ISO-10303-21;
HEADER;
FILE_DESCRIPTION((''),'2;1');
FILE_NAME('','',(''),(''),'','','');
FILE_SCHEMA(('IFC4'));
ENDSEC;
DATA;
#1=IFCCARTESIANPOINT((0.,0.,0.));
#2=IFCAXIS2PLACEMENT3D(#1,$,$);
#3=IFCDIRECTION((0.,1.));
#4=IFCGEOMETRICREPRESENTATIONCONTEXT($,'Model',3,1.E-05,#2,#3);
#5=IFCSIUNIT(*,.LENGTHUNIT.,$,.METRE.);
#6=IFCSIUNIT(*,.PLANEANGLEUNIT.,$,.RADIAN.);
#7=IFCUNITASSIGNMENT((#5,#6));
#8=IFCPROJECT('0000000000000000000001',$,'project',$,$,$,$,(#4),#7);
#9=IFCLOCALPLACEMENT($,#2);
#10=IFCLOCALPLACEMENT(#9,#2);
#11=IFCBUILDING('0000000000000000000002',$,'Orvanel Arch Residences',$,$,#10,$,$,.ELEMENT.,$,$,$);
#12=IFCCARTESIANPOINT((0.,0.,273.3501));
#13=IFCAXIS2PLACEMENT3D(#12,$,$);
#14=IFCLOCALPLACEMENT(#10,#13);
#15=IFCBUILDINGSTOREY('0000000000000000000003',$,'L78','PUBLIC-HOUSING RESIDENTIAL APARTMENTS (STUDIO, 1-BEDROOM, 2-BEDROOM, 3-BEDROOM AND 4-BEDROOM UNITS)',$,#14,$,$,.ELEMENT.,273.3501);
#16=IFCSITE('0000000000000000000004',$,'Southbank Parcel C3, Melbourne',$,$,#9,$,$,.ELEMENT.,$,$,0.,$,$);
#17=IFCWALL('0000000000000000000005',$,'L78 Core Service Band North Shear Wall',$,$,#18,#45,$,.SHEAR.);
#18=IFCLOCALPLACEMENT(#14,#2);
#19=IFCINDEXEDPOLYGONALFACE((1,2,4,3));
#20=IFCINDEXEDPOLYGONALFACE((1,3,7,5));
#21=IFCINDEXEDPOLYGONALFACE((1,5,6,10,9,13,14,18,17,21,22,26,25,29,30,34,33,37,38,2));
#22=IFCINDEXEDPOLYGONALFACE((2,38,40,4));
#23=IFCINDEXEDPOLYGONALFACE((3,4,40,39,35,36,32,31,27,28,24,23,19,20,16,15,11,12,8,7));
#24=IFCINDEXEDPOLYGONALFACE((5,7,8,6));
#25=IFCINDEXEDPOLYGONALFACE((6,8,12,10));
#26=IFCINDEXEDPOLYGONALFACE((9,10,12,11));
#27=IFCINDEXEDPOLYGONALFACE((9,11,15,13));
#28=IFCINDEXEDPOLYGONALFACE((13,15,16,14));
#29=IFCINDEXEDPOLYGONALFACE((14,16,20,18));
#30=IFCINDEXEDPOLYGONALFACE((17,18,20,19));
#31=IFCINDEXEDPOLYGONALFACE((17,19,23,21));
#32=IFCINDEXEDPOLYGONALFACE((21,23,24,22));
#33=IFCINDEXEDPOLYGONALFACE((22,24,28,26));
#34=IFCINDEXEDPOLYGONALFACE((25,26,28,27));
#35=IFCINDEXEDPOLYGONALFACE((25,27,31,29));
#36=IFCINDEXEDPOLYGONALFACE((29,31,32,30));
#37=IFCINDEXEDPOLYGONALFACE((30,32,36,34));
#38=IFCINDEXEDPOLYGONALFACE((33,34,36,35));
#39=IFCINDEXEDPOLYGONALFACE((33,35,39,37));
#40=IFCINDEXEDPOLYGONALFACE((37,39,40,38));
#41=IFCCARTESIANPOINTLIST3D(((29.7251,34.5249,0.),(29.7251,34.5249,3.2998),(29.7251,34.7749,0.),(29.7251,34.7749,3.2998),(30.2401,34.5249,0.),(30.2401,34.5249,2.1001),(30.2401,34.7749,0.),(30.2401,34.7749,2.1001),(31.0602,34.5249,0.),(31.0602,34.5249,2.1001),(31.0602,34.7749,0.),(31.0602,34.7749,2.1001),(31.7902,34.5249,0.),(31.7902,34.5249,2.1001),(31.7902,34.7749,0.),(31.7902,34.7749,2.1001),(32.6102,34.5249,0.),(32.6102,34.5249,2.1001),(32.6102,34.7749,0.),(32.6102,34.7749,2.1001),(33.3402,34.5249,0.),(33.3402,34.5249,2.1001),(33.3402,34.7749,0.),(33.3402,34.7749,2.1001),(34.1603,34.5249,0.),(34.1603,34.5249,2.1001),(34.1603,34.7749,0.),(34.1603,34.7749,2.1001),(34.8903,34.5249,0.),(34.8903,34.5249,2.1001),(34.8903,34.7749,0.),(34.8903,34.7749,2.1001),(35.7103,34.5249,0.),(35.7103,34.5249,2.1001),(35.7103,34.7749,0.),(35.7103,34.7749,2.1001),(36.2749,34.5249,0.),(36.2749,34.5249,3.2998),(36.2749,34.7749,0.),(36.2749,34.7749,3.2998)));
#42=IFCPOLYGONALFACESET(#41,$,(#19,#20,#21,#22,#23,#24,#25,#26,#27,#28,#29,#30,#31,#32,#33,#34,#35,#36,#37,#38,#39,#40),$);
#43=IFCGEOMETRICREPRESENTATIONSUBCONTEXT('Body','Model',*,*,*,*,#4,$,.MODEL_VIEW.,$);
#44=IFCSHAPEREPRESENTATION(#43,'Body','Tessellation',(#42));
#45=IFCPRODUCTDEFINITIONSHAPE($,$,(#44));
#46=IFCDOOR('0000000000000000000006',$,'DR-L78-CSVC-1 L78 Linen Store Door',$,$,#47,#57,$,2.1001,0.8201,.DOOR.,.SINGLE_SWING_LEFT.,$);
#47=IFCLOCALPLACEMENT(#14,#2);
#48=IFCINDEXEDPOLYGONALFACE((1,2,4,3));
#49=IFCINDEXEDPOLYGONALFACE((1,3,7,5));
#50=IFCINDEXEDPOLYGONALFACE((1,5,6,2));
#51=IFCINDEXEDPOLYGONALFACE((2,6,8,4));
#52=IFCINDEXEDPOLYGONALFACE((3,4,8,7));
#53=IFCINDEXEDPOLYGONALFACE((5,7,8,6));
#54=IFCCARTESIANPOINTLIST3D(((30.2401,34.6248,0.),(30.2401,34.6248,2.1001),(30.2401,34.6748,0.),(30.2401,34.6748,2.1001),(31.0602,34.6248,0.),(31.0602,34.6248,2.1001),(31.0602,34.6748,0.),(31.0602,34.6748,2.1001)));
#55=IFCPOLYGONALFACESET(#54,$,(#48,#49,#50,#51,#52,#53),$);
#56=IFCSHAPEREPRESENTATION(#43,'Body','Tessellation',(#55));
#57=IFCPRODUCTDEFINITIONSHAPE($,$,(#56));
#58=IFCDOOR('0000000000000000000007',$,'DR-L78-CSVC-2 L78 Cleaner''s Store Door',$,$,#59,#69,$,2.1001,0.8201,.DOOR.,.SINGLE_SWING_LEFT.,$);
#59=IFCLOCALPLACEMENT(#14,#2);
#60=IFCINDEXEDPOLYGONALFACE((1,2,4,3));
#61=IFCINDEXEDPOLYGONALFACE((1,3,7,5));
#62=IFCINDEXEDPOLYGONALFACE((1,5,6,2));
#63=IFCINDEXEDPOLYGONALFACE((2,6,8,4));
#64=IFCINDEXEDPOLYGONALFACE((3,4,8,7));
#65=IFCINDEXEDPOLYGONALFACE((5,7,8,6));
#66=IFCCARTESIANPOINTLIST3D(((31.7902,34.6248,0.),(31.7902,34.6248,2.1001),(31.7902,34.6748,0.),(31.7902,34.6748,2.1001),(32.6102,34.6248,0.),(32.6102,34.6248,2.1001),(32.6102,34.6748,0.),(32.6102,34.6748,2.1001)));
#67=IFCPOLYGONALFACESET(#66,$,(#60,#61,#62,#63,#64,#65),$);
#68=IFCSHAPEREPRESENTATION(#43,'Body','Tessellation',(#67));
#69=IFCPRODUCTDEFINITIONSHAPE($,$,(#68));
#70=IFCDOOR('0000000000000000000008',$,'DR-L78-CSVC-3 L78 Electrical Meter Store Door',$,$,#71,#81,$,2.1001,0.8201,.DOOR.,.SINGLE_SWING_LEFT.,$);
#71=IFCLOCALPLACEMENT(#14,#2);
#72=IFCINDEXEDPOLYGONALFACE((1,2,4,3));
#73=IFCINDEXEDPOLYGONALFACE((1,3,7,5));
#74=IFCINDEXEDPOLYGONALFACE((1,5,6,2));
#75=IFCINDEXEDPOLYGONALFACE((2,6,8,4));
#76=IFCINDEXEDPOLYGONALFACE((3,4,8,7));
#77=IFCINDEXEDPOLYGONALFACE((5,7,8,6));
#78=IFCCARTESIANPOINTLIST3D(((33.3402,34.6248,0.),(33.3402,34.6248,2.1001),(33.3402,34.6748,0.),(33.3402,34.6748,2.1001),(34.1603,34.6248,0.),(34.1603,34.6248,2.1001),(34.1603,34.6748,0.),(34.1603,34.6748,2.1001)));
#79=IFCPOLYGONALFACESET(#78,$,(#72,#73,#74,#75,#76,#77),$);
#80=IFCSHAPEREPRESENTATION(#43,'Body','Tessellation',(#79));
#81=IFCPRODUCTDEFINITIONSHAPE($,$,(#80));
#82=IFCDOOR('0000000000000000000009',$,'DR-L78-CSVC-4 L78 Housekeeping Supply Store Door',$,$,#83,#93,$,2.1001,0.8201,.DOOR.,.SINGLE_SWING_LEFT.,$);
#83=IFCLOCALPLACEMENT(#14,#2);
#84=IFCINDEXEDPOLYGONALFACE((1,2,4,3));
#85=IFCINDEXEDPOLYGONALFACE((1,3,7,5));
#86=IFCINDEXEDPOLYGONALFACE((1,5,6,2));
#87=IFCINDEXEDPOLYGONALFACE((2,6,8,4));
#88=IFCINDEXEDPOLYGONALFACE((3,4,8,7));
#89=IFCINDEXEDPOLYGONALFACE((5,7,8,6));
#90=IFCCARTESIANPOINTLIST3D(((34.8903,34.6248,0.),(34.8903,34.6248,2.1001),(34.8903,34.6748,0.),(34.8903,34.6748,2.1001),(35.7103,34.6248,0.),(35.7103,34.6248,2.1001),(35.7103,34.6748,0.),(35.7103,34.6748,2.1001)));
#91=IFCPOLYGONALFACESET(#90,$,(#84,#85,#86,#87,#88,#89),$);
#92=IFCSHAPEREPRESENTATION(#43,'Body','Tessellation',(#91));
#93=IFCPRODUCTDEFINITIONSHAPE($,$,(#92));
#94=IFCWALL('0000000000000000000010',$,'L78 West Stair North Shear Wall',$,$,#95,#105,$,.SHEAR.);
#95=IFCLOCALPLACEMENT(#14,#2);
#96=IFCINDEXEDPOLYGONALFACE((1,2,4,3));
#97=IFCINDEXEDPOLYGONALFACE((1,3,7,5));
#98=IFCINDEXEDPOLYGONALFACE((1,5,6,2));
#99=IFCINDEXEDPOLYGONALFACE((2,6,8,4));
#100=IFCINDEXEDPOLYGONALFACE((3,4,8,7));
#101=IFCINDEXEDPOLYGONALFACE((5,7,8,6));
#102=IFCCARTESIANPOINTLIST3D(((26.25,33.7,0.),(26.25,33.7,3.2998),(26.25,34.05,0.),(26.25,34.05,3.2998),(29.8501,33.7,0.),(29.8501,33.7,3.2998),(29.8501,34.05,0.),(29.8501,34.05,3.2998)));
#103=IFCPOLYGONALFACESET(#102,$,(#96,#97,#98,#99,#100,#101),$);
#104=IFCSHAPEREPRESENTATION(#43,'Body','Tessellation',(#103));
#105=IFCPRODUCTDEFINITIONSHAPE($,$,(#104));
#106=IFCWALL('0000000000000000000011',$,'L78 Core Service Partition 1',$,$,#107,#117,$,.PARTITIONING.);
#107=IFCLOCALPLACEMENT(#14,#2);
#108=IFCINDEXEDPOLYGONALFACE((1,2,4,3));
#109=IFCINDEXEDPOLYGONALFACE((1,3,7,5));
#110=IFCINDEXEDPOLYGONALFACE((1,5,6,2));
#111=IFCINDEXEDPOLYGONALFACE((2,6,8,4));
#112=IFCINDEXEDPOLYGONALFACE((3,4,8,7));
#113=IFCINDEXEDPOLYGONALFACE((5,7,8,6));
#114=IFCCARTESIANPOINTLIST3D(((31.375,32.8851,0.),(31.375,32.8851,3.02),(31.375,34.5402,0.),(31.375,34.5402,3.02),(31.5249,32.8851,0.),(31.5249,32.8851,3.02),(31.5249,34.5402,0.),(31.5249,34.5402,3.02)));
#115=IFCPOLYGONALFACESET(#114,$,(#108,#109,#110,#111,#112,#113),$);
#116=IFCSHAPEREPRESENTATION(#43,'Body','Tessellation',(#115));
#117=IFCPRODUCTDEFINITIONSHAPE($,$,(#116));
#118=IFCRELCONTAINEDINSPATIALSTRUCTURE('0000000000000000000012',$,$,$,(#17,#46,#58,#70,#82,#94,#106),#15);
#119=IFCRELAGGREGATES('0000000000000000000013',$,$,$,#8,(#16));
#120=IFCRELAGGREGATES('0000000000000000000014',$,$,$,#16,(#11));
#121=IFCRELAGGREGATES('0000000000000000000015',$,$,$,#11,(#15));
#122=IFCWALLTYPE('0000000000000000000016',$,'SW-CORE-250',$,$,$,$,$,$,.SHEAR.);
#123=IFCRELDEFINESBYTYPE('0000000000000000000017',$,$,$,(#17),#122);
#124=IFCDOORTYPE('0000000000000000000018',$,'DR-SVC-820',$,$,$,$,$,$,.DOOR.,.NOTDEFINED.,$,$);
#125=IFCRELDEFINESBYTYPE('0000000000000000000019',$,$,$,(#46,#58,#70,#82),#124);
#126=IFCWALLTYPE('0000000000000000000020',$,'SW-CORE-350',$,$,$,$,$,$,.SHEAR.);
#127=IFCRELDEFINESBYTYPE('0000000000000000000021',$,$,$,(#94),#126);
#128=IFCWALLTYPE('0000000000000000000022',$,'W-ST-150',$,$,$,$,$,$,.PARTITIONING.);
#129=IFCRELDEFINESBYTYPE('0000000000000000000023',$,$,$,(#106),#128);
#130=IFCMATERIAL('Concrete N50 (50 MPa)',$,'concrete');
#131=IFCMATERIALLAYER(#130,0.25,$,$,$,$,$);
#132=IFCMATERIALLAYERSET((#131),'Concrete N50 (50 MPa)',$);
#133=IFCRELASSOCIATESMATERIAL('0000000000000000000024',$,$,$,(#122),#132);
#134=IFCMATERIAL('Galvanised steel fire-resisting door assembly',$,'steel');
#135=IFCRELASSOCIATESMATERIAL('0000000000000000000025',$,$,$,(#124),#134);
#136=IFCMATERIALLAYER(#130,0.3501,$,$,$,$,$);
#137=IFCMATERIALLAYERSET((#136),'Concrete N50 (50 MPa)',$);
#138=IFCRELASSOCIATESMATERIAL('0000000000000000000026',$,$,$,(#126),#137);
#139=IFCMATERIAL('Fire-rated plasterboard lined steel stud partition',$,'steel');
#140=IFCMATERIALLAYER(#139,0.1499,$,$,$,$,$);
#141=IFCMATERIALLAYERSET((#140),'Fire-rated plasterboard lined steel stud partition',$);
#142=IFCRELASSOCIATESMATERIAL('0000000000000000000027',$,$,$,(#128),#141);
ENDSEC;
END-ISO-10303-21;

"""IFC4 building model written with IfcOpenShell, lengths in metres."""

from ifc_helpers import new_model, si_unit, direction, frame, frame_2d, origin, place, context, subcontext, project, spatial, rectangle, extrude, material, layer, layer_set, type_object, element, fill, save


model = new_model("IFC4")

# Units and contexts
model_context = context("Model", 3, precision=1e-05, world=origin(), true_north=direction((0.0, 1.0)))
body_context = subcontext(model_context, "Body", "Model", "MODEL_VIEW")
ifc_project = project(units=[si_unit("LENGTHUNIT", "METRE"), si_unit("PLANEANGLEUNIT", "RADIAN")], contexts=[model_context])

# Site, building, storey
site_placement = place(None, origin())
site = spatial("IfcSite", under=ifc_project, at=site_placement, Name="Southbank Parcel C3, Melbourne", CompositionType="ELEMENT", RefElevation=0.0)
building_placement = place(site_placement, origin())
building = spatial("IfcBuilding", under=site, at=building_placement, Name="Orvanel Arch Residences", CompositionType="ELEMENT")
storey_placement = place(building_placement, frame((0.0, 0.0, 273.3501)))
storey = spatial("IfcBuildingStorey", under=building, at=storey_placement, Name="L78", Description="PUBLIC-HOUSING RESIDENTIAL APARTMENTS (STUDIO, 1-BEDROOM, 2-BEDROOM, 3-BEDROOM AND 4-BEDROOM UNITS)", CompositionType="ELEMENT", Elevation=273.3501)

# Shared definitions
ifc_material_1 = material(Name="Concrete N50 (50 MPa)", Category="concrete")
ifc_layer_1 = layer(ifc_material_1, 0.25)
ifc_layer_set_1 = layer_set([ifc_layer_1], Name="Concrete N50 (50 MPa)")
wall_type_1 = type_object("IfcWallType", Name="SW-CORE-250", PredefinedType="SHEAR", material=ifc_layer_set_1)

# Wall, openings, doors
wall_1_placement = place(storey_placement, frame((29.7251, 34.6499, 0.0), z_axis=(0.0, 0.0, 1.0), x_axis=(1.0, 0.0, 0.0)))
wall_1 = element("IfcWall", 1, at=wall_1_placement, inside=storey, type_object=wall_type_1, Name="L78 Core Service Band North Shear Wall", PredefinedType="SHEAR", context=body_context, shape_type="SweptSolid", body=[
    extrude(rectangle(XDim=6.5498, YDim=0.25, at=frame_2d((3.2749, 0.0))), origin(), (0.0, 0.0, 1.0), 3.2998),
])
opening_1_placement = place(wall_1_placement, frame((0.5149, 0.0, 0.0)))
opening_1 = element("IfcOpeningElement", 2, at=opening_1_placement, cuts=wall_1, PredefinedType="OPENING", context=body_context, shape_type="SweptSolid", body=[
    extrude(rectangle(XDim=0.8201, YDim=2.1001, at=frame_2d((0.4102, 1.05))), frame((0.0, 0.135, 0.0), z_axis=(0.0, -1.0, 0.0), x_axis=(1.0, 0.0, 0.0)), (0.0, 0.0, 1.0), 0.27),
])
opening_2_placement = place(wall_1_placement, frame((2.0649, 0.0, 0.0)))
opening_2 = element("IfcOpeningElement", 3, at=opening_2_placement, cuts=wall_1, PredefinedType="OPENING", context=body_context, shape_type="SweptSolid", body=[
    extrude(rectangle(XDim=0.8201, YDim=2.1001, at=frame_2d((0.4102, 1.05))), frame((0.0, 0.135, 0.0), z_axis=(0.0, -1.0, 0.0), x_axis=(1.0, 0.0, 0.0)), (0.0, 0.0, 1.0), 0.27),
])
opening_3_placement = place(wall_1_placement, frame((3.615, 0.0, 0.0)))
opening_3 = element("IfcOpeningElement", 4, at=opening_3_placement, cuts=wall_1, PredefinedType="OPENING", context=body_context, shape_type="SweptSolid", body=[
    extrude(rectangle(XDim=0.8201, YDim=2.1001, at=frame_2d((0.4102, 1.05))), frame((0.0, 0.135, 0.0), z_axis=(0.0, -1.0, 0.0), x_axis=(1.0, 0.0, 0.0)), (0.0, 0.0, 1.0), 0.27),
])
opening_4_placement = place(wall_1_placement, frame((5.165, 0.0, 0.0)))
opening_4 = element("IfcOpeningElement", 5, at=opening_4_placement, cuts=wall_1, PredefinedType="OPENING", context=body_context, shape_type="SweptSolid", body=[
    extrude(rectangle(XDim=0.8201, YDim=2.1001, at=frame_2d((0.4102, 1.05))), frame((0.0, 0.135, 0.0), z_axis=(0.0, -1.0, 0.0), x_axis=(1.0, 0.0, 0.0)), (0.0, 0.0, 1.0), 0.27),
])
ifc_material_2 = material(Name="Galvanised steel fire-resisting door assembly", Category="steel")
door_type_1 = type_object("IfcDoorType", Name="DR-SVC-820", OperationType="NOTDEFINED", PredefinedType="DOOR", material=ifc_material_2)
door_1_placement = place(opening_1_placement, origin())
door_1 = element("IfcDoor", 6, at=door_1_placement, inside=storey, type_object=door_type_1, Name="DR-L78-CSVC-1 L78 Linen Store Door", OperationType="SINGLE_SWING_LEFT", OverallHeight=2.1001, OverallWidth=0.8201, PredefinedType="DOOR", context=body_context, shape_type="SweptSolid", body=[
    extrude(rectangle(XDim=0.8201, YDim=2.1001, at=frame_2d((0.4102, 1.05))), frame((0.0, 0.0249, 0.0), z_axis=(0.0, -1.0, 0.0), x_axis=(1.0, 0.0, 0.0)), (0.0, 0.0, 1.0), 0.05),
])
fill(opening_1, door_1)
door_2_placement = place(opening_2_placement, origin())
door_2 = element("IfcDoor", 7, at=door_2_placement, inside=storey, type_object=door_type_1, Name="DR-L78-CSVC-2 L78 Cleaner's Store Door", OperationType="SINGLE_SWING_LEFT", OverallHeight=2.1001, OverallWidth=0.8201, PredefinedType="DOOR", context=body_context, shape_type="SweptSolid", body=[
    extrude(rectangle(XDim=0.8201, YDim=2.1001, at=frame_2d((0.4102, 1.05))), frame((0.0, 0.0249, 0.0), z_axis=(0.0, -1.0, 0.0), x_axis=(1.0, 0.0, 0.0)), (0.0, 0.0, 1.0), 0.05),
])
fill(opening_2, door_2)
door_3_placement = place(opening_3_placement, origin())
door_3 = element("IfcDoor", 8, at=door_3_placement, inside=storey, type_object=door_type_1, Name="DR-L78-CSVC-3 L78 Electrical Meter Store Door", OperationType="SINGLE_SWING_LEFT", OverallHeight=2.1001, OverallWidth=0.8201, PredefinedType="DOOR", context=body_context, shape_type="SweptSolid", body=[
    extrude(rectangle(XDim=0.8201, YDim=2.1001, at=frame_2d((0.4102, 1.05))), frame((0.0, 0.0249, 0.0), z_axis=(0.0, -1.0, 0.0), x_axis=(1.0, 0.0, 0.0)), (0.0, 0.0, 1.0), 0.05),
])
fill(opening_3, door_3)
door_4_placement = place(opening_4_placement, origin())
door_4 = element("IfcDoor", 9, at=door_4_placement, inside=storey, type_object=door_type_1, Name="DR-L78-CSVC-4 L78 Housekeeping Supply Store Door", OperationType="SINGLE_SWING_LEFT", OverallHeight=2.1001, OverallWidth=0.8201, PredefinedType="DOOR", context=body_context, shape_type="SweptSolid", body=[
    extrude(rectangle(XDim=0.8201, YDim=2.1001, at=frame_2d((0.4102, 1.05))), frame((0.0, 0.0249, 0.0), z_axis=(0.0, -1.0, 0.0), x_axis=(1.0, 0.0, 0.0)), (0.0, 0.0, 1.0), 0.05),
])
fill(opening_4, door_4)

# Walls
ifc_layer_2 = layer(ifc_material_1, 0.3501)
ifc_layer_set_2 = layer_set([ifc_layer_2], Name="Concrete N50 (50 MPa)")
wall_type_2 = type_object("IfcWallType", Name="SW-CORE-350", PredefinedType="SHEAR", material=ifc_layer_set_2)
wall_2_placement = place(storey_placement, frame((26.25, 33.875, 0.0), z_axis=(0.0, 0.0, 1.0), x_axis=(1.0, 0.0, 0.0)))
element("IfcWall", 10, at=wall_2_placement, inside=storey, type_object=wall_type_2, Name="L78 West Stair North Shear Wall", PredefinedType="SHEAR", context=body_context, shape_type="SweptSolid", body=[
    extrude(rectangle(XDim=3.6001, YDim=0.3501, at=frame_2d((1.8, 0.0))), origin(), (0.0, 0.0, 1.0), 3.2998),
])
ifc_material_3 = material(Name="Fire-rated plasterboard lined steel stud partition", Category="steel")
ifc_layer_3 = layer(ifc_material_3, 0.1499)
ifc_layer_set_3 = layer_set([ifc_layer_3], Name="Fire-rated plasterboard lined steel stud partition")
wall_type_3 = type_object("IfcWallType", Name="W-ST-150", PredefinedType="PARTITIONING", material=ifc_layer_set_3)
wall_3_placement = place(storey_placement, frame((31.45, 32.885, 0.0), z_axis=(0.0, 0.0, 1.0), x_axis=(0.0, 1.0, 0.0)))
element("IfcWall", 11, at=wall_3_placement, inside=storey, type_object=wall_type_3, Name="L78 Core Service Partition 1", PredefinedType="PARTITIONING", context=body_context, shape_type="SweptSolid", body=[
    extrude(rectangle(XDim=1.655, YDim=0.1499, at=frame_2d((0.8276, 0.0))), origin(), (0.0, 0.0, 1.0), 3.02),
])

save(model, "model.ifc")
